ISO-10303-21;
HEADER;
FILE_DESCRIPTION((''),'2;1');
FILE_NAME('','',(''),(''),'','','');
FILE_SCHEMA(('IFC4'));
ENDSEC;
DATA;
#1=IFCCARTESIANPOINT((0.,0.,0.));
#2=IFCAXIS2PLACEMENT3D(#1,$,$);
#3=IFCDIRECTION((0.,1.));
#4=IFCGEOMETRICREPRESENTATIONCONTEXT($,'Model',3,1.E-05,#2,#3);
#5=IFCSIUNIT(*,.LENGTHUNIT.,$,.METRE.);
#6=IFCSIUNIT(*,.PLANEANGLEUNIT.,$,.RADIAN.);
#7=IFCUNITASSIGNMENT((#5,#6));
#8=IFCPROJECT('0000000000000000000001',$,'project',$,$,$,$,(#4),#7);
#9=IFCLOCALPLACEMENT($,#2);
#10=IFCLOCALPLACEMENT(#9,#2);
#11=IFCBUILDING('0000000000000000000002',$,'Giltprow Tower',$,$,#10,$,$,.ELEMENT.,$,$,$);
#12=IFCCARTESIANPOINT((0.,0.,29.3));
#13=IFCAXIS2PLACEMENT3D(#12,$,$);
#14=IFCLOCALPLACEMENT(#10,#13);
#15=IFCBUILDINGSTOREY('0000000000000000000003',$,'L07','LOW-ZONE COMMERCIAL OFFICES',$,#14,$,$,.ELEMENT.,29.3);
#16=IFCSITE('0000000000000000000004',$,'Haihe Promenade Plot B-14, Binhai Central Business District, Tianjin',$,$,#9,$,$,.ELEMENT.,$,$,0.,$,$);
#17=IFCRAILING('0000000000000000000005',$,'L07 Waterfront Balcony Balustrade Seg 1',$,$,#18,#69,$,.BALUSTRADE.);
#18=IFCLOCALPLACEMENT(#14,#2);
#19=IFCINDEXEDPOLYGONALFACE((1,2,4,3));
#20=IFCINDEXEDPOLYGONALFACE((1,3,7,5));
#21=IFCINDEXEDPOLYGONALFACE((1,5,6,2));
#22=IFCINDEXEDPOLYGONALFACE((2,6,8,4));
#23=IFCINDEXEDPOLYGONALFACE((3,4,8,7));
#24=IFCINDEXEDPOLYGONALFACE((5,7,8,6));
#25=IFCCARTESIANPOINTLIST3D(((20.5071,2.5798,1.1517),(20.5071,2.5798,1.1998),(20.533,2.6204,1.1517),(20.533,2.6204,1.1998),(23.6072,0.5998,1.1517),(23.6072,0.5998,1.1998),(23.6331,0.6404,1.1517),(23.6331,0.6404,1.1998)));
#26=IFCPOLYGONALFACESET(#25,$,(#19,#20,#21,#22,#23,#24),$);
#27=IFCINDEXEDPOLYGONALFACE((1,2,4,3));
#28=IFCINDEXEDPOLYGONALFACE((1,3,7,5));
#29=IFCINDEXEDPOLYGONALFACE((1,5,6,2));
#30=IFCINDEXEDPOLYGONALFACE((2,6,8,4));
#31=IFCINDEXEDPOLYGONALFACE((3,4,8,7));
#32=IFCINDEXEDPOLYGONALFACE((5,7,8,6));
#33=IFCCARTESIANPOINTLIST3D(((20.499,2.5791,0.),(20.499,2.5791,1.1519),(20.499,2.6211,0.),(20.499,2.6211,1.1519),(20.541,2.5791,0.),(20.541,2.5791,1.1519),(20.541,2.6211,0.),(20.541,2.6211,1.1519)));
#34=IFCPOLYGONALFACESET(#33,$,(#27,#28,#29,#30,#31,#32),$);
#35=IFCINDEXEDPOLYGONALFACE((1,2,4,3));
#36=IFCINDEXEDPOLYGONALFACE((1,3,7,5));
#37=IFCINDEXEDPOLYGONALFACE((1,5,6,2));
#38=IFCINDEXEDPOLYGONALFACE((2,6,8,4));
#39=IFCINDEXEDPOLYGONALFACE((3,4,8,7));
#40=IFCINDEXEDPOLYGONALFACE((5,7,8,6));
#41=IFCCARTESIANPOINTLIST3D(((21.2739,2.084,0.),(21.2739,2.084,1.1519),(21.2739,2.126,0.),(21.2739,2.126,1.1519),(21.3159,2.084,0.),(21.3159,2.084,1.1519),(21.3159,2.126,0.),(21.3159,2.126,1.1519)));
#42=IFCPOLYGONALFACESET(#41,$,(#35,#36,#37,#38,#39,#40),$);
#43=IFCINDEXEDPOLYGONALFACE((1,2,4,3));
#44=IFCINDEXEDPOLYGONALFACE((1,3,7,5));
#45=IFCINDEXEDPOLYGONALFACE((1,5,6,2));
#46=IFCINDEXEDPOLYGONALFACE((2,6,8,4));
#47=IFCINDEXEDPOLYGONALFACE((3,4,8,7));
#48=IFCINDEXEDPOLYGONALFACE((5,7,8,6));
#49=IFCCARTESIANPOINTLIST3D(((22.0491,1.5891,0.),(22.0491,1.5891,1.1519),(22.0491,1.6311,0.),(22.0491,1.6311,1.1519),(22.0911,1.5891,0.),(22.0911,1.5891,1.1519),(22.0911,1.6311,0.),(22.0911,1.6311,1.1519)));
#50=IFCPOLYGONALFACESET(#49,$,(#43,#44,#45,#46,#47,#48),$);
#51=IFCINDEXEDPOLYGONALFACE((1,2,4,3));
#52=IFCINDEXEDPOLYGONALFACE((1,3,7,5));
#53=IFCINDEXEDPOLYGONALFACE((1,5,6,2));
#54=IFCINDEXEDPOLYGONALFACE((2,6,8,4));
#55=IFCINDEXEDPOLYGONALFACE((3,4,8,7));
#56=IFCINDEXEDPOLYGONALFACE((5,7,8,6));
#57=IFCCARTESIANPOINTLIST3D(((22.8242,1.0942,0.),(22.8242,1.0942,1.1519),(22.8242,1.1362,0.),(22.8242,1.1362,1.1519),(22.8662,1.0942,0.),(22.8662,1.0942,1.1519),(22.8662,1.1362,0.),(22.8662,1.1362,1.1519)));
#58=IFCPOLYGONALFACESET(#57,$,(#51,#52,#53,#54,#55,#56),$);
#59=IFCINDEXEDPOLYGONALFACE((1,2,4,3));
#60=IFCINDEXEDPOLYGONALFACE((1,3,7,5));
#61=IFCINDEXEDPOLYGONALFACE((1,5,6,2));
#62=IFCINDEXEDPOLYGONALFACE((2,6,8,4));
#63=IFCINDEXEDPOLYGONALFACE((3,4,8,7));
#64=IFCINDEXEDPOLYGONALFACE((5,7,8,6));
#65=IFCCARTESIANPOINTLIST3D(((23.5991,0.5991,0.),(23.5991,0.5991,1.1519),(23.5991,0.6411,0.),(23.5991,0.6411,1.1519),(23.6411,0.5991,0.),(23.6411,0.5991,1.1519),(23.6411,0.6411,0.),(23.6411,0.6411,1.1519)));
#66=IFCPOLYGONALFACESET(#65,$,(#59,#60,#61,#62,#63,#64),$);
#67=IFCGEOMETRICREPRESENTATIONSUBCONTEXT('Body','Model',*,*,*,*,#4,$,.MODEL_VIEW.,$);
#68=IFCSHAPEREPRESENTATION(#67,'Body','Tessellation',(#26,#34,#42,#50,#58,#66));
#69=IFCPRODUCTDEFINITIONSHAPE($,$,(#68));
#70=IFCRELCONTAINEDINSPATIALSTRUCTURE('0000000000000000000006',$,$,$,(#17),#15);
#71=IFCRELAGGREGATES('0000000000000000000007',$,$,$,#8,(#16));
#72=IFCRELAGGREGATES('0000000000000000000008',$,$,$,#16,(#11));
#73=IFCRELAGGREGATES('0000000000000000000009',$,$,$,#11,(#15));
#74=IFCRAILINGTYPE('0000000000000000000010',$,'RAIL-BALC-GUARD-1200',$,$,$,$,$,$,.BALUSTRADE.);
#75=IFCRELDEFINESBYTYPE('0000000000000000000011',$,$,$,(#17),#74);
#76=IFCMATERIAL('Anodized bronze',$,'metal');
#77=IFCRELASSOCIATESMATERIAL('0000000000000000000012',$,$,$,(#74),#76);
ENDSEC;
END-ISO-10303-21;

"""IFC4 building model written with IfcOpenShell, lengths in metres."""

from ifc_helpers import new_model, si_unit, direction, frame, origin, origin_2d, place, context, subcontext, project, spatial, rectangle, extrude, material, type_object, element, save


model = new_model("IFC4")

# Units and contexts
model_context = context("Model", 3, precision=1e-05, world=origin(), true_north=direction((0.0, 1.0)))
body_context = subcontext(model_context, "Body", "Model", "MODEL_VIEW")
ifc_project = project(units=[si_unit("LENGTHUNIT", "METRE"), si_unit("PLANEANGLEUNIT", "RADIAN")], contexts=[model_context])

# Site, building, storey
site_placement = place(None, origin())
site = spatial("IfcSite", under=ifc_project, at=site_placement, Name="Haihe Promenade Plot B-14, Binhai Central Business District, Tianjin", CompositionType="ELEMENT", RefElevation=0.0)
building_placement = place(site_placement, origin())
building = spatial("IfcBuilding", under=site, at=building_placement, Name="Giltprow Tower", CompositionType="ELEMENT")
storey_placement = place(building_placement, frame((0.0, 0.0, 29.3)))
storey = spatial("IfcBuildingStorey", under=building, at=storey_placement, Name="L07", Description="LOW-ZONE COMMERCIAL OFFICES", CompositionType="ELEMENT", Elevation=29.3)

# Shared definitions
ifc_material_1 = material(Name="Anodized bronze", Category="metal")

# Railing
railing_type = type_object("IfcRailingType", Name="RAIL-BALC-GUARD-1200", PredefinedType="BALUSTRADE", material=ifc_material_1)
railing_1_placement = place(storey_placement, frame((20.52, 2.6001, 0.0)))
element("IfcRailing", 1, at=railing_1_placement, inside=storey, type_object=railing_type, Name="L07 Waterfront Balcony Balustrade Seg 1", PredefinedType="BALUSTRADE", context=body_context, shape_type="SweptSolid", body=[
    extrude(rectangle(XDim=0.0481, YDim=0.0481, at=origin_2d()), frame((0.0, 0.0, 1.1758), z_axis=(0.842775, -0.538266, 0.0), x_axis=(0.538266, 0.842775, 0.0)), (0.0, 0.0, 1.0), 3.6785),
    extrude(rectangle(XDim=0.042, YDim=0.042, at=origin_2d()), origin(), (0.0, 0.0, 1.0), 1.1519),
    extrude(rectangle(XDim=0.042, YDim=0.042, at=origin_2d()), frame((0.7749, -0.4951, 0.0)), (0.0, 0.0, 1.0), 1.1519),
    extrude(rectangle(XDim=0.042, YDim=0.042, at=origin_2d()), frame((1.55, -0.99, 0.0)), (0.0, 0.0, 1.0), 1.1519),
    extrude(rectangle(XDim=0.042, YDim=0.042, at=origin_2d()), frame((2.3252, -1.4849, 0.0)), (0.0, 0.0, 1.0), 1.1519),
    extrude(rectangle(XDim=0.042, YDim=0.042, at=origin_2d()), frame((3.1001, -1.98, 0.0)), (0.0, 0.0, 1.0), 1.1519),
])

save(model, "model.ifc")
